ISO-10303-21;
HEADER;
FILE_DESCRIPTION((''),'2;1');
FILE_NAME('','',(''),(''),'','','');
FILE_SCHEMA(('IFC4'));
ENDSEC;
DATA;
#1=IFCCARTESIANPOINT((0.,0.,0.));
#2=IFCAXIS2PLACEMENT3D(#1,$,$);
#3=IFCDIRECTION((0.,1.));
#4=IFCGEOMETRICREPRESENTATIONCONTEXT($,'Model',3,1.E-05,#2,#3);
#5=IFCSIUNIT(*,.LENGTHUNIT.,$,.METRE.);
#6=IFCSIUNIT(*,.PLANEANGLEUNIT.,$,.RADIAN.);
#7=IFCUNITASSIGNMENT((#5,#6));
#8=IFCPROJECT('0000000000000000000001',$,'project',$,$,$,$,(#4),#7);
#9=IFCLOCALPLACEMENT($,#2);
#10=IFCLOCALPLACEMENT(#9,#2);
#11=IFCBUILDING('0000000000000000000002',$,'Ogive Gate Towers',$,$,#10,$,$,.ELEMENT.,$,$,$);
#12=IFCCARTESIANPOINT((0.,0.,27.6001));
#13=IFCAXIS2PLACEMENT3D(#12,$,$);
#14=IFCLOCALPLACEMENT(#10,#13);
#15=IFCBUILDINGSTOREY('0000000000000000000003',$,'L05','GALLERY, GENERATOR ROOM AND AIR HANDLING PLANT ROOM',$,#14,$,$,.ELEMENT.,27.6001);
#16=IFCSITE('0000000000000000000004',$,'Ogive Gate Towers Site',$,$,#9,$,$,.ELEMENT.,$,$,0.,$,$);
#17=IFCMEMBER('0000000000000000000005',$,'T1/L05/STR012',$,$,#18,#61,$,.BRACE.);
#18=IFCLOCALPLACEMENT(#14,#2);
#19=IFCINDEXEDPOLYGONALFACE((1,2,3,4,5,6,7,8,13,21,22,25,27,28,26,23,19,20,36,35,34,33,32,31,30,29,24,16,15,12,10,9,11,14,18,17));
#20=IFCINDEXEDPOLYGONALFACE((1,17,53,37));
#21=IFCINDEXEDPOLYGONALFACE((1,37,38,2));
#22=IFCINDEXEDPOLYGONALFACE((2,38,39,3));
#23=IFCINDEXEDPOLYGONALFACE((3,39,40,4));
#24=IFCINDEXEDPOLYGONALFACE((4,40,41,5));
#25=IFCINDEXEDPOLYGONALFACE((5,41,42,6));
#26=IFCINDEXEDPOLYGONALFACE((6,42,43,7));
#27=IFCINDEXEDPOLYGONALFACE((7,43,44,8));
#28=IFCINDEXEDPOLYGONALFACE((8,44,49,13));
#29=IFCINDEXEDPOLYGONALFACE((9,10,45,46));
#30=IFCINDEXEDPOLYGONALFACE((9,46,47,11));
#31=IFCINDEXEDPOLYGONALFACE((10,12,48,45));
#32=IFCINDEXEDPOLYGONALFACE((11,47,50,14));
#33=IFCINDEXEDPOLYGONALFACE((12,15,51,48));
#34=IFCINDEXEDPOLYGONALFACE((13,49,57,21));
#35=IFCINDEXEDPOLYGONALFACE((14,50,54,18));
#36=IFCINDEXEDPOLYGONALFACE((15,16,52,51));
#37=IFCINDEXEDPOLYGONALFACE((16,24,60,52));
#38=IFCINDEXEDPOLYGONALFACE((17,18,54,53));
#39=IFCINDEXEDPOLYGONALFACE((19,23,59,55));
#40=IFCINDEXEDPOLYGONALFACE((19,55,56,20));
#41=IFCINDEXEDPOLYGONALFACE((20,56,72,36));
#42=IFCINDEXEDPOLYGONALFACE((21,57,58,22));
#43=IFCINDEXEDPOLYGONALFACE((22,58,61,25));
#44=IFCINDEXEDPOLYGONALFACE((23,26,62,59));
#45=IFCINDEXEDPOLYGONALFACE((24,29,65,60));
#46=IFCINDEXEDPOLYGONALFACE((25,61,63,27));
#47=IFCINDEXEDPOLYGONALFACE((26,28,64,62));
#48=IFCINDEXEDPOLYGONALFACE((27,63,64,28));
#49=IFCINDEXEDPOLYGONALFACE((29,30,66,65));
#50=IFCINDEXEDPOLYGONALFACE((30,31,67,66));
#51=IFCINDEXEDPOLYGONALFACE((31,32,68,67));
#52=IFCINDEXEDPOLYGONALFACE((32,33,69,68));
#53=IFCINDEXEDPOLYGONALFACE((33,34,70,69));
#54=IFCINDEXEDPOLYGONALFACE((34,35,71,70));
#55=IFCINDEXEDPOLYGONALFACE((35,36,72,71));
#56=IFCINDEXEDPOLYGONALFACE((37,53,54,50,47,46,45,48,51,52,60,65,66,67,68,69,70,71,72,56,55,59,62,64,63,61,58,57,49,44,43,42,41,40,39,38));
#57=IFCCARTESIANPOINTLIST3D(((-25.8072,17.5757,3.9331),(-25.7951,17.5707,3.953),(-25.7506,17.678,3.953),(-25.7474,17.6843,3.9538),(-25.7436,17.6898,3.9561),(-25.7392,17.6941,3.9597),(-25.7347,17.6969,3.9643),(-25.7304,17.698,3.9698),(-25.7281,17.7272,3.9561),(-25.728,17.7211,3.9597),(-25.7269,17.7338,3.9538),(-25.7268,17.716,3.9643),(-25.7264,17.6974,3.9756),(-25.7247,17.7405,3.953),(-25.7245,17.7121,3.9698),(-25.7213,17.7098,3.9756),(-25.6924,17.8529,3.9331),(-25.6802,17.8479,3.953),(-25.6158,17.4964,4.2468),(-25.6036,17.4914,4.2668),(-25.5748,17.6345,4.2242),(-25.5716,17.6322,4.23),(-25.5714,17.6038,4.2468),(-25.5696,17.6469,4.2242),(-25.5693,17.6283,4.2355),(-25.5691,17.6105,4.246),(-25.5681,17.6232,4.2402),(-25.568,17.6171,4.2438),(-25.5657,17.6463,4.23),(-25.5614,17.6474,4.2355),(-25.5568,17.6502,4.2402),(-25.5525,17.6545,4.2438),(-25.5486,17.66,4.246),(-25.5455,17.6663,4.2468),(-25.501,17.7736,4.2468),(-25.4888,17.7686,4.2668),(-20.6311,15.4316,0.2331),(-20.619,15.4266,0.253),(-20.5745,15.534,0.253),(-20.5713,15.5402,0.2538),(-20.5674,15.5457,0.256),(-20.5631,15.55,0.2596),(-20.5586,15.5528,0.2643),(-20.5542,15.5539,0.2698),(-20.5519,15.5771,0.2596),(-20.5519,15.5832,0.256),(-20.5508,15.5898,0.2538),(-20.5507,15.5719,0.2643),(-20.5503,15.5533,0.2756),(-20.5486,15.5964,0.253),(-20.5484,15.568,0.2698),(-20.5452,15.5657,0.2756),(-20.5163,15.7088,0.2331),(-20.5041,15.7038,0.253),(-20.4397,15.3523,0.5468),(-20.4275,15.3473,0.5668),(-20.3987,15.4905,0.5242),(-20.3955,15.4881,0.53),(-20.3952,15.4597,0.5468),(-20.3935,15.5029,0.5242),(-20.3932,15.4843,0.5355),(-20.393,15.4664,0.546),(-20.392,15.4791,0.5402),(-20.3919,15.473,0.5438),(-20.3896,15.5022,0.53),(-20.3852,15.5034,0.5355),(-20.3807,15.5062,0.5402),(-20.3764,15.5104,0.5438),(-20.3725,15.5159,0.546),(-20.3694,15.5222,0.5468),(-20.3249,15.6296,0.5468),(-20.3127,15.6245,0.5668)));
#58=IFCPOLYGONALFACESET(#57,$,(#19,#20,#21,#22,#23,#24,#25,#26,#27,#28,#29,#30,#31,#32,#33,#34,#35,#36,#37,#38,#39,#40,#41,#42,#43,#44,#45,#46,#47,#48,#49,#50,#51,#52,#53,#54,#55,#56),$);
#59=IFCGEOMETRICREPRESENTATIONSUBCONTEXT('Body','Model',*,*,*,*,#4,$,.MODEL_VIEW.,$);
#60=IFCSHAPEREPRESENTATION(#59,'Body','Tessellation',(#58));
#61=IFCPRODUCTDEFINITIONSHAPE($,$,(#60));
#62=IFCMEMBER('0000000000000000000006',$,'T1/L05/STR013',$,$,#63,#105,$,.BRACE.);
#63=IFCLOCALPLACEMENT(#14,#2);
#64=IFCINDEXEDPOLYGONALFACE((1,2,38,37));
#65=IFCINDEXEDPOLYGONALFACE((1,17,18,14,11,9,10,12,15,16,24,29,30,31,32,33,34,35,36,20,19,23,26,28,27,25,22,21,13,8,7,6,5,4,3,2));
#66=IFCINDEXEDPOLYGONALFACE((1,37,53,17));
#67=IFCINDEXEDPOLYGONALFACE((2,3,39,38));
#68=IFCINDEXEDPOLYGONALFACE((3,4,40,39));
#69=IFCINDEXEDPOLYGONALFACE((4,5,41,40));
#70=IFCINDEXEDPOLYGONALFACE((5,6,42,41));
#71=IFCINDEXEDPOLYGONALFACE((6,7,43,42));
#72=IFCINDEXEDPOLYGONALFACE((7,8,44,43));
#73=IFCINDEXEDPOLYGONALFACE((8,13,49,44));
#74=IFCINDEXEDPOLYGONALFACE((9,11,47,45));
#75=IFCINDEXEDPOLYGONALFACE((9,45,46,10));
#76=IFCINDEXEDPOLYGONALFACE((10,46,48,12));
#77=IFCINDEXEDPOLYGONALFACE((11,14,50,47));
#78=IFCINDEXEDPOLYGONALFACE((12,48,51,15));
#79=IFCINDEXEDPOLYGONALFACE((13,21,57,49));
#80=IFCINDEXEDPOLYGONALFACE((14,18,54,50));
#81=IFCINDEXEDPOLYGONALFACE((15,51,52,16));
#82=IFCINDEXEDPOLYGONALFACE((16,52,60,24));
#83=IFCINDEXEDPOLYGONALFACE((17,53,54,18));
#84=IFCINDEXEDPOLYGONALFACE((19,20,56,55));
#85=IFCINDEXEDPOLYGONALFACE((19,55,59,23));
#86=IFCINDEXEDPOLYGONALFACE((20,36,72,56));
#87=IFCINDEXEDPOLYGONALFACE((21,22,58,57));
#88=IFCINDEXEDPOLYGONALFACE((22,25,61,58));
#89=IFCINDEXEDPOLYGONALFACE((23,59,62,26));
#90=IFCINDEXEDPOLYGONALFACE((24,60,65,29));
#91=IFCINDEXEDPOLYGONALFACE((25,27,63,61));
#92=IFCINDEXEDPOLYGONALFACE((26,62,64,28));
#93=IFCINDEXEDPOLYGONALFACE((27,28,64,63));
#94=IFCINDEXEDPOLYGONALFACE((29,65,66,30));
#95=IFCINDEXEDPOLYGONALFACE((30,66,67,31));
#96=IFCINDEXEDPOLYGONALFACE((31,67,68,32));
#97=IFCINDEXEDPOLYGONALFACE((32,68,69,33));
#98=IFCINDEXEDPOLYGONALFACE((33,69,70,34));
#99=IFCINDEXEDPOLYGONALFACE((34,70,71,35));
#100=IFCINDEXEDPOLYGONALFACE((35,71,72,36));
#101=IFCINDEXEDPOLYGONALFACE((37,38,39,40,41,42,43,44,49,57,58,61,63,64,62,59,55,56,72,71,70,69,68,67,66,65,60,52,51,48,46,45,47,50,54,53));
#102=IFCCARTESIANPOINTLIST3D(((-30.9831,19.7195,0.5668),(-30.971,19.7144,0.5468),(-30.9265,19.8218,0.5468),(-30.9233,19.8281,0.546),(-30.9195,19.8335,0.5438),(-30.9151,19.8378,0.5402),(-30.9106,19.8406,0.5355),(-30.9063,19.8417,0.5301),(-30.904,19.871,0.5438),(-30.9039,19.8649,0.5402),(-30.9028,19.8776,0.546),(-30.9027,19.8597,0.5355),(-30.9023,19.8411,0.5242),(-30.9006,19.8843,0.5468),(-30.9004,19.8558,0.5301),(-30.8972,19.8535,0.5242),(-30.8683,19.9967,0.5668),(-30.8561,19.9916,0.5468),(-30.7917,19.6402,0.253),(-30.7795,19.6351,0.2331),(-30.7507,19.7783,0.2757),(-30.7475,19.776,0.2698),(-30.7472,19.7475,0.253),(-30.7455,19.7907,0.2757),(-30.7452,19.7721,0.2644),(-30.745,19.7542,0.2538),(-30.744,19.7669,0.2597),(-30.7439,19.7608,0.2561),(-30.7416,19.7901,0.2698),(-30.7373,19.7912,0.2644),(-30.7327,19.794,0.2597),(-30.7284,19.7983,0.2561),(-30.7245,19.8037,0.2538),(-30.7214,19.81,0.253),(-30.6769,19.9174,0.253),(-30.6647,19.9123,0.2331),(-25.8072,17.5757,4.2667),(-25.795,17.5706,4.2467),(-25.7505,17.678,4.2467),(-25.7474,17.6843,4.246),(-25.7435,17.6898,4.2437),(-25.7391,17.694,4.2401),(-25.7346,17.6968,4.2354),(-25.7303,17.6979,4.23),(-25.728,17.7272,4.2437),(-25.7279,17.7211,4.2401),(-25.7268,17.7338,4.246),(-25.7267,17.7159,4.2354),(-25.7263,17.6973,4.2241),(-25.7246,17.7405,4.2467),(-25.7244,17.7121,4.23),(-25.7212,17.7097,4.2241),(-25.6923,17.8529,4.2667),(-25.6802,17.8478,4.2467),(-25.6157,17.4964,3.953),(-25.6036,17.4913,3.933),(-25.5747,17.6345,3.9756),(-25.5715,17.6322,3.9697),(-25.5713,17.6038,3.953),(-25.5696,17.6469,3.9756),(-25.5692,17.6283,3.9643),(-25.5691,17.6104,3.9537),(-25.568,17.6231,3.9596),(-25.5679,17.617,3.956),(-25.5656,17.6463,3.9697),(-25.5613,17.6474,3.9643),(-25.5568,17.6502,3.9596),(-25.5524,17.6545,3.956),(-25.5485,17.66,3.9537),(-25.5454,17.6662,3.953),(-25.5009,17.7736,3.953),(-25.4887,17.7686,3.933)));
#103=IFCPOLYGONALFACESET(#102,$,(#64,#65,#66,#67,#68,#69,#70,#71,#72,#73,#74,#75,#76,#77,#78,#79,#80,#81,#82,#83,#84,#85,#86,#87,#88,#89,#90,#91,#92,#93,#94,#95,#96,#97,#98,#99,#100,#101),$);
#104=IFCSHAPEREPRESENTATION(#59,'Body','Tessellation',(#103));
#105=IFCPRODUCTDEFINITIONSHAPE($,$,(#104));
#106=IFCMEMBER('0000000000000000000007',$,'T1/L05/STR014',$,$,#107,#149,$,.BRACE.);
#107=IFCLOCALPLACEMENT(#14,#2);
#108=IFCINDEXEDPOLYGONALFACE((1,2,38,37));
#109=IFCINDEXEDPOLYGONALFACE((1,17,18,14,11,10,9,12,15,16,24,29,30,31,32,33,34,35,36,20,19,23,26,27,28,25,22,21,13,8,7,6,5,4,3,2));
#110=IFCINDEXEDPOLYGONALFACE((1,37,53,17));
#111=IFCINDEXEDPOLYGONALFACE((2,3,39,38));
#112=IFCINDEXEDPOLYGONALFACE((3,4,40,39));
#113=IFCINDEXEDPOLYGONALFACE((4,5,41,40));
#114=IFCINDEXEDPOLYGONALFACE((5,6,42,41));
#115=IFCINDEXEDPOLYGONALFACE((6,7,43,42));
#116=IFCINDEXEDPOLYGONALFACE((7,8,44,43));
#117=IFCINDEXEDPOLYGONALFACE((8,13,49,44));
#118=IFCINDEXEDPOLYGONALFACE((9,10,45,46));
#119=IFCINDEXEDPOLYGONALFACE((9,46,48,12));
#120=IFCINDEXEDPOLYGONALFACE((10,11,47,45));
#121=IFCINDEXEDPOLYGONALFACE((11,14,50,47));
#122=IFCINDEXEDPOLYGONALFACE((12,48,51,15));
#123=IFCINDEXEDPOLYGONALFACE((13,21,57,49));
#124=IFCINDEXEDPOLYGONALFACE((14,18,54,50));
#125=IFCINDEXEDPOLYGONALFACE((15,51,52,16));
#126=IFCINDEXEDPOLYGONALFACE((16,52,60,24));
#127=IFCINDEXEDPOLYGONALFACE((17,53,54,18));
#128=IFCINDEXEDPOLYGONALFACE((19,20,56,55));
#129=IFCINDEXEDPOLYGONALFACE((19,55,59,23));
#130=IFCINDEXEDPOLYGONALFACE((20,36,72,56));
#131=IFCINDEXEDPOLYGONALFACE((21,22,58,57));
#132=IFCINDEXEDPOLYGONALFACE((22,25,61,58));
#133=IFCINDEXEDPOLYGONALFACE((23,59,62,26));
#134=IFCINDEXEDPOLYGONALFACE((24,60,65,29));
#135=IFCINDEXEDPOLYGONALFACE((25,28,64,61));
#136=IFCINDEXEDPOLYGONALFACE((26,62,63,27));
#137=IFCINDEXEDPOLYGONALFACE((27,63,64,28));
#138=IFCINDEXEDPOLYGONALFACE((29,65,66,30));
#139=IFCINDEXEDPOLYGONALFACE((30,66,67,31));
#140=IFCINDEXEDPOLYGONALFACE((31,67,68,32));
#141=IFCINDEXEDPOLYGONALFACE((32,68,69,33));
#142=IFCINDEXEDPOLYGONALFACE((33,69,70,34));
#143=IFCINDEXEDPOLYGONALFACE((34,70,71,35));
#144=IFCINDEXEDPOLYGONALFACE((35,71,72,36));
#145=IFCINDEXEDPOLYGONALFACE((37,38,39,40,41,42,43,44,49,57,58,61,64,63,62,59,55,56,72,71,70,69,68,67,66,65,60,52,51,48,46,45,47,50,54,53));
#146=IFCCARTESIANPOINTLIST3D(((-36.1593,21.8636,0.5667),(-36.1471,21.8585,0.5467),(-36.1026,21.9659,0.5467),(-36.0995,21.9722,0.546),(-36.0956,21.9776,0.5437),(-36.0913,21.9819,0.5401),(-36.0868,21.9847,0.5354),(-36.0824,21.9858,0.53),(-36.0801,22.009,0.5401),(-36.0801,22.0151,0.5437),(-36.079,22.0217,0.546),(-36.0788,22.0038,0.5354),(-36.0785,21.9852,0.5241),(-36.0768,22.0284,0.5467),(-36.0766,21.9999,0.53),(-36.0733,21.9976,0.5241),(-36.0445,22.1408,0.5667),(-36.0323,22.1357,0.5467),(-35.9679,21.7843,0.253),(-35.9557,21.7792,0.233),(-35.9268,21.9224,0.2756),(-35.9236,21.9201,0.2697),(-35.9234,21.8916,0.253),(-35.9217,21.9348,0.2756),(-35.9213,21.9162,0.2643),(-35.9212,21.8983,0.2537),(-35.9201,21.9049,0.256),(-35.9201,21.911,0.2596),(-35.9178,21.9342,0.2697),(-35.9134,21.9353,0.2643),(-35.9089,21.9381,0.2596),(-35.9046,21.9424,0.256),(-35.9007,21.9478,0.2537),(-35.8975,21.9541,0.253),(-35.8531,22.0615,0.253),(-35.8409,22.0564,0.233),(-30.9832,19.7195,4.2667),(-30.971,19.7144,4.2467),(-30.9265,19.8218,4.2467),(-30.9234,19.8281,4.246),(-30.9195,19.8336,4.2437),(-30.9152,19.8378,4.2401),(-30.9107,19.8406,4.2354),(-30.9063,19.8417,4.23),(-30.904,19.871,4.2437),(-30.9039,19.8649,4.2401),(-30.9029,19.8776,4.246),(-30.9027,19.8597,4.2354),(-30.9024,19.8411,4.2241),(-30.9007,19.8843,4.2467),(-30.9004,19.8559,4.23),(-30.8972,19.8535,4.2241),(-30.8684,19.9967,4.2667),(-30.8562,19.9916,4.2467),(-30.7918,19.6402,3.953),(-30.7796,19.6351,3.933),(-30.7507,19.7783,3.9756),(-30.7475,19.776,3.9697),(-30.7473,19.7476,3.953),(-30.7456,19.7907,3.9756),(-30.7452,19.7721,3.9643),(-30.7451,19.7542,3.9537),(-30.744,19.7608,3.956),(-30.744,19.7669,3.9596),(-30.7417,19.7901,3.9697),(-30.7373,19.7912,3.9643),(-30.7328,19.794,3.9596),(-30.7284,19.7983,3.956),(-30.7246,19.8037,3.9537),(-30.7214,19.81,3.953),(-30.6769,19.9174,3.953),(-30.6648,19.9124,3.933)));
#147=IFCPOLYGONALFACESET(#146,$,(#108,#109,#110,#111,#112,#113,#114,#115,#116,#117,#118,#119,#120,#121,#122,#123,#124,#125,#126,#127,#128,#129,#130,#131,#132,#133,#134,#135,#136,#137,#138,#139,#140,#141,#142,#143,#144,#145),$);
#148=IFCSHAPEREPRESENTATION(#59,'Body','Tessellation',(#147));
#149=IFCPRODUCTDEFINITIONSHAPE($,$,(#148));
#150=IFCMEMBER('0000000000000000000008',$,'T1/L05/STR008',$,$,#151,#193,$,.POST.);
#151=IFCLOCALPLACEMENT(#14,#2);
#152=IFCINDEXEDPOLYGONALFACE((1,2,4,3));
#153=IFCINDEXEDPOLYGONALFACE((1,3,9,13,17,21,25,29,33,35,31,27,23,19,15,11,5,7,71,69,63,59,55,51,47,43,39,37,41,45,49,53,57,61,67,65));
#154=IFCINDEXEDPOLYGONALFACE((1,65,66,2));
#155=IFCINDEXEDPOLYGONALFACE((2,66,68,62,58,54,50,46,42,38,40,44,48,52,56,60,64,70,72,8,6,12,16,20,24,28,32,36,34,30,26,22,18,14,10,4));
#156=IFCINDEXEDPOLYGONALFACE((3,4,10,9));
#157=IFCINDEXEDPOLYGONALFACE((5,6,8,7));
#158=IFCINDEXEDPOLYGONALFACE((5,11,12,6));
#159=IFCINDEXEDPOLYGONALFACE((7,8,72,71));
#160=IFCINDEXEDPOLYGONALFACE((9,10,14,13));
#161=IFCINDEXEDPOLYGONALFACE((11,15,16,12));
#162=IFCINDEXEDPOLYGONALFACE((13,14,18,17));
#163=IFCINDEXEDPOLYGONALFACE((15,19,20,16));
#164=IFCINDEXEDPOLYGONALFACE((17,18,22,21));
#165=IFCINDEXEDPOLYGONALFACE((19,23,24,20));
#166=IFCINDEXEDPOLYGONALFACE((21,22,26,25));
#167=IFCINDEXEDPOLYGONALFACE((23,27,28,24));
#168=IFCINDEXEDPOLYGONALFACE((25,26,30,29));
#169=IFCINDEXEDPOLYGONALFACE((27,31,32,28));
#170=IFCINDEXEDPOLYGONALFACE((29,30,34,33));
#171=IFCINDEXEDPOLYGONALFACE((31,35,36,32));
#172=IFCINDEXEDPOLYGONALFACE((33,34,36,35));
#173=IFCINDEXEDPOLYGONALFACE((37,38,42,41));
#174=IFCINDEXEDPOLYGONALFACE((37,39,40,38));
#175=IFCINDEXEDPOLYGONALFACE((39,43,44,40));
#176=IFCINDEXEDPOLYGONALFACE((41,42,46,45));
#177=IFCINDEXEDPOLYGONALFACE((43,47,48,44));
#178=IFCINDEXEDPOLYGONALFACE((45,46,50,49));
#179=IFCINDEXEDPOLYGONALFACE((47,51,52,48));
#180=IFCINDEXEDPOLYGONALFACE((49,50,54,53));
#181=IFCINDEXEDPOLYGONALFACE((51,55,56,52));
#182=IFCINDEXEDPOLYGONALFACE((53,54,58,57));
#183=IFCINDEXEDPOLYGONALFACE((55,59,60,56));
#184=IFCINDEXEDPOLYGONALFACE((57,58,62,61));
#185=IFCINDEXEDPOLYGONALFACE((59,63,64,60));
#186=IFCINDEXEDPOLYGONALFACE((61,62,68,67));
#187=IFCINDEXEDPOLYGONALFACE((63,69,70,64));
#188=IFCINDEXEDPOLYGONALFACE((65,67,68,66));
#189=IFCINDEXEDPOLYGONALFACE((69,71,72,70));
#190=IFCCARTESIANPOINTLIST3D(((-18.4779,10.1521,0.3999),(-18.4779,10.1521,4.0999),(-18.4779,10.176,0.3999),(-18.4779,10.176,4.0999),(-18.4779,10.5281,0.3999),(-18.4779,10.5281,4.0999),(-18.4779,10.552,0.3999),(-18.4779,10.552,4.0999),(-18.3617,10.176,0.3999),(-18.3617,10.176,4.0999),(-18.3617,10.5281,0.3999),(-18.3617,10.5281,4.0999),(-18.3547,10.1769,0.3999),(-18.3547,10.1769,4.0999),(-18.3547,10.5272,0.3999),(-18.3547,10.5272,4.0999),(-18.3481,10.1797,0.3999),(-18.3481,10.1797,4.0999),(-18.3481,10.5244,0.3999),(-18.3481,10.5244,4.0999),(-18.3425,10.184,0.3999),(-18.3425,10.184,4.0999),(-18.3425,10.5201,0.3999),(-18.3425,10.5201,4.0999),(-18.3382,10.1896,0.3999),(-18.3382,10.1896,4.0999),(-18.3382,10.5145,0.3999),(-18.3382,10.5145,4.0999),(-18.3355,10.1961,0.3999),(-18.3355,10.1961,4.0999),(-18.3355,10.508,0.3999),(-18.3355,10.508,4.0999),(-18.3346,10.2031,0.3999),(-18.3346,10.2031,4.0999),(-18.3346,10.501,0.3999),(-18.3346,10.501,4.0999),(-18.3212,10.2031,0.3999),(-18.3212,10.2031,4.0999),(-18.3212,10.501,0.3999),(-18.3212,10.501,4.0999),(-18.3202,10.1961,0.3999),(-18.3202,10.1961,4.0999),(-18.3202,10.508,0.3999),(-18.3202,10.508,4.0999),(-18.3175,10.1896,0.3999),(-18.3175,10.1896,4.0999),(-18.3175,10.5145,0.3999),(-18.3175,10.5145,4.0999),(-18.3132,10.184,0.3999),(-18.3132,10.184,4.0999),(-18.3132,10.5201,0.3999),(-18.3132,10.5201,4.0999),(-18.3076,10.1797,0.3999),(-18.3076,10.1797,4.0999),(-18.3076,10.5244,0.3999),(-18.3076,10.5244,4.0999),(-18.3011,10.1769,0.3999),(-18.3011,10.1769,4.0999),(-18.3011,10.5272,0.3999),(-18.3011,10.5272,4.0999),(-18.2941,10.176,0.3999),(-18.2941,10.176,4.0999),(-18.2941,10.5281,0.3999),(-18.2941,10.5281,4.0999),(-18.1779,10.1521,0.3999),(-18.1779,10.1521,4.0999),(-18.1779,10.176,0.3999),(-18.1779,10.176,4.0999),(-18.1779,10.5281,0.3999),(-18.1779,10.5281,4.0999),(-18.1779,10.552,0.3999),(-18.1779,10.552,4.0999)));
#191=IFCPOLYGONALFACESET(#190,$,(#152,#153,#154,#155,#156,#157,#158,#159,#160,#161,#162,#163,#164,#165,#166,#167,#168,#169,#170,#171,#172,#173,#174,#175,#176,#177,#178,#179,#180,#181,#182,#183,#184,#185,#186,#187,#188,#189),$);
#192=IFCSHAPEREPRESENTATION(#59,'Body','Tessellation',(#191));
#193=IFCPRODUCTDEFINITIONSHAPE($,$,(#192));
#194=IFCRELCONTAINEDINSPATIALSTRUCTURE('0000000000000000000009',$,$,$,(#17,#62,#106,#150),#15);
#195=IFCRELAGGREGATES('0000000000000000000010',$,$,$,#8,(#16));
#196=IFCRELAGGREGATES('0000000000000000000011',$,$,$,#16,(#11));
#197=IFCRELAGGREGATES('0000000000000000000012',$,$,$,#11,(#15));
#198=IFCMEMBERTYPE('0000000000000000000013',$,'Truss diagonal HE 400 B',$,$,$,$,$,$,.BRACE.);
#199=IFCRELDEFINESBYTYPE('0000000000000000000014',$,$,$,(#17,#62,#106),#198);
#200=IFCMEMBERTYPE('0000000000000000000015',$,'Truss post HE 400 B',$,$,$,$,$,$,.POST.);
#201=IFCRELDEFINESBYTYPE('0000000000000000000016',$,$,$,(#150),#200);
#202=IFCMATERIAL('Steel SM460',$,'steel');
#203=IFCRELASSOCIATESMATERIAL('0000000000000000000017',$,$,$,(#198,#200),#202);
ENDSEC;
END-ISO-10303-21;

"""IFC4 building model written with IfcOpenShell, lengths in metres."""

from ifc_helpers import new_model, si_unit, direction, frame, origin, origin_2d, place, context, subcontext, project, spatial, i_section, extrude, material, material_profile, profile_set, type_object, element, save


model = new_model("IFC4")

# Units and contexts
model_context = context("Model", 3, precision=1e-05, world=origin(), true_north=direction((0.0, 1.0)))
body_context = subcontext(model_context, "Body", "Model", "MODEL_VIEW")
ifc_project = project(units=[si_unit("LENGTHUNIT", "METRE"), si_unit("PLANEANGLEUNIT", "RADIAN")], contexts=[model_context])

# Site, building, storey
site_placement = place(None, origin())
site = spatial("IfcSite", under=ifc_project, at=site_placement, Name="Ogive Gate Towers Site", CompositionType="ELEMENT", RefElevation=0.0)
building_placement = place(site_placement, origin())
building = spatial("IfcBuilding", under=site, at=building_placement, Name="Ogive Gate Towers", CompositionType="ELEMENT")
storey_placement = place(building_placement, frame((0.0, 0.0, 27.6001)))
storey = spatial("IfcBuildingStorey", under=building, at=storey_placement, Name="L05", Description="GALLERY, GENERATOR ROOM AND AIR HANDLING PLANT ROOM", CompositionType="ELEMENT", Elevation=27.6001)

# Shared definitions
ifc_material_1 = material(Name="Steel SM460", Category="steel")

# Members
ifc_material_profile_1 = material_profile(ifc_material_1, i_section(OverallWidth=0.3, OverallDepth=0.3999, WebThickness=0.0134, FlangeThickness=0.0239, FilletRadius=0.0271, at=origin_2d()), Name="HE 400 B")
ifc_profile_set_1 = profile_set([ifc_material_profile_1], Name="Steel SM460")
member_type_1 = type_object("IfcMemberType", Name="Truss diagonal HE 400 B", PredefinedType="BRACE", material=ifc_profile_set_1)
for number, where, z_axis, x_axis, name in (
    (1, (-20.4719, 15.5281, 0.3999), (-0.77093, 0.319339, 0.55108), (-0.382693, -0.923876, 0.0), "T1/L05/STR012"),
):
    element("IfcMember", number, at=place(storey_placement, frame(where, z_axis=z_axis, x_axis=x_axis)), inside=storey, type_object=member_type_1, Name=name, PredefinedType="BRACE", context=body_context, shape_type="SweptSolid", body=[
        extrude(i_section(OverallWidth=0.3, OverallDepth=0.3999, WebThickness=0.0134, FlangeThickness=0.0239, FilletRadius=0.0271, at=origin_2d()), origin(), (0.0, 0.0, 1.0), 6.7141),
    ])
member_1_placement = place(storey_placement, frame((-25.6479, 17.6721, 4.0999), z_axis=(-0.770939, 0.319306, -0.551086), x_axis=(-0.382656, -0.923891, 0.0)))
element("IfcMember", 2, at=member_1_placement, inside=storey, type_object=member_type_1, Name="T1/L05/STR013", PredefinedType="BRACE", context=body_context, shape_type="SweptSolid", body=[
    extrude(i_section(OverallWidth=0.3, OverallDepth=0.3999, WebThickness=0.0134, FlangeThickness=0.0239, FilletRadius=0.0271, at=origin_2d()), origin(), (0.0, 0.0, 1.0), 6.7139),
])
member_2_placement = place(storey_placement, frame((-30.824, 19.8159, 4.0999), z_axis=(-0.77093, 0.319339, -0.55108), x_axis=(-0.382693, -0.923876, 0.0)))
element("IfcMember", 3, at=member_2_placement, inside=storey, type_object=member_type_1, Name="T1/L05/STR014", PredefinedType="BRACE", context=body_context, shape_type="SweptSolid", body=[
    extrude(i_section(OverallWidth=0.3, OverallDepth=0.3999, WebThickness=0.0134, FlangeThickness=0.0239, FilletRadius=0.0271, at=origin_2d()), origin(), (0.0, 0.0, 1.0), 6.7141),
])
ifc_material_profile_2 = material_profile(ifc_material_1, i_section(OverallWidth=0.3, OverallDepth=0.3999, WebThickness=0.0134, FlangeThickness=0.0239, FilletRadius=0.0271, at=origin_2d()), Name="HE 400 B")
ifc_profile_set_2 = profile_set([ifc_material_profile_2], Name="Steel SM460")
member_type_2 = type_object("IfcMemberType", Name="Truss post HE 400 B", PredefinedType="POST", material=ifc_profile_set_2)
for number, where, z_axis, x_axis, name in (
    (4, (-18.3279, 10.3521, 0.3999), (0.0, 0.0, 1.0), (1.0, 0.0, 0.0), "T1/L05/STR008"),
):
    element("IfcMember", number, at=place(storey_placement, frame(where, z_axis=z_axis, x_axis=x_axis)), inside=storey, type_object=member_type_2, Name=name, PredefinedType="POST", context=body_context, shape_type="SweptSolid", body=[
        extrude(i_section(OverallWidth=0.3, OverallDepth=0.3999, WebThickness=0.0134, FlangeThickness=0.0239, FilletRadius=0.0271, at=origin_2d()), origin(), (0.0, 0.0, 1.0), 3.7),
    ])

save(model, "model.ifc")
